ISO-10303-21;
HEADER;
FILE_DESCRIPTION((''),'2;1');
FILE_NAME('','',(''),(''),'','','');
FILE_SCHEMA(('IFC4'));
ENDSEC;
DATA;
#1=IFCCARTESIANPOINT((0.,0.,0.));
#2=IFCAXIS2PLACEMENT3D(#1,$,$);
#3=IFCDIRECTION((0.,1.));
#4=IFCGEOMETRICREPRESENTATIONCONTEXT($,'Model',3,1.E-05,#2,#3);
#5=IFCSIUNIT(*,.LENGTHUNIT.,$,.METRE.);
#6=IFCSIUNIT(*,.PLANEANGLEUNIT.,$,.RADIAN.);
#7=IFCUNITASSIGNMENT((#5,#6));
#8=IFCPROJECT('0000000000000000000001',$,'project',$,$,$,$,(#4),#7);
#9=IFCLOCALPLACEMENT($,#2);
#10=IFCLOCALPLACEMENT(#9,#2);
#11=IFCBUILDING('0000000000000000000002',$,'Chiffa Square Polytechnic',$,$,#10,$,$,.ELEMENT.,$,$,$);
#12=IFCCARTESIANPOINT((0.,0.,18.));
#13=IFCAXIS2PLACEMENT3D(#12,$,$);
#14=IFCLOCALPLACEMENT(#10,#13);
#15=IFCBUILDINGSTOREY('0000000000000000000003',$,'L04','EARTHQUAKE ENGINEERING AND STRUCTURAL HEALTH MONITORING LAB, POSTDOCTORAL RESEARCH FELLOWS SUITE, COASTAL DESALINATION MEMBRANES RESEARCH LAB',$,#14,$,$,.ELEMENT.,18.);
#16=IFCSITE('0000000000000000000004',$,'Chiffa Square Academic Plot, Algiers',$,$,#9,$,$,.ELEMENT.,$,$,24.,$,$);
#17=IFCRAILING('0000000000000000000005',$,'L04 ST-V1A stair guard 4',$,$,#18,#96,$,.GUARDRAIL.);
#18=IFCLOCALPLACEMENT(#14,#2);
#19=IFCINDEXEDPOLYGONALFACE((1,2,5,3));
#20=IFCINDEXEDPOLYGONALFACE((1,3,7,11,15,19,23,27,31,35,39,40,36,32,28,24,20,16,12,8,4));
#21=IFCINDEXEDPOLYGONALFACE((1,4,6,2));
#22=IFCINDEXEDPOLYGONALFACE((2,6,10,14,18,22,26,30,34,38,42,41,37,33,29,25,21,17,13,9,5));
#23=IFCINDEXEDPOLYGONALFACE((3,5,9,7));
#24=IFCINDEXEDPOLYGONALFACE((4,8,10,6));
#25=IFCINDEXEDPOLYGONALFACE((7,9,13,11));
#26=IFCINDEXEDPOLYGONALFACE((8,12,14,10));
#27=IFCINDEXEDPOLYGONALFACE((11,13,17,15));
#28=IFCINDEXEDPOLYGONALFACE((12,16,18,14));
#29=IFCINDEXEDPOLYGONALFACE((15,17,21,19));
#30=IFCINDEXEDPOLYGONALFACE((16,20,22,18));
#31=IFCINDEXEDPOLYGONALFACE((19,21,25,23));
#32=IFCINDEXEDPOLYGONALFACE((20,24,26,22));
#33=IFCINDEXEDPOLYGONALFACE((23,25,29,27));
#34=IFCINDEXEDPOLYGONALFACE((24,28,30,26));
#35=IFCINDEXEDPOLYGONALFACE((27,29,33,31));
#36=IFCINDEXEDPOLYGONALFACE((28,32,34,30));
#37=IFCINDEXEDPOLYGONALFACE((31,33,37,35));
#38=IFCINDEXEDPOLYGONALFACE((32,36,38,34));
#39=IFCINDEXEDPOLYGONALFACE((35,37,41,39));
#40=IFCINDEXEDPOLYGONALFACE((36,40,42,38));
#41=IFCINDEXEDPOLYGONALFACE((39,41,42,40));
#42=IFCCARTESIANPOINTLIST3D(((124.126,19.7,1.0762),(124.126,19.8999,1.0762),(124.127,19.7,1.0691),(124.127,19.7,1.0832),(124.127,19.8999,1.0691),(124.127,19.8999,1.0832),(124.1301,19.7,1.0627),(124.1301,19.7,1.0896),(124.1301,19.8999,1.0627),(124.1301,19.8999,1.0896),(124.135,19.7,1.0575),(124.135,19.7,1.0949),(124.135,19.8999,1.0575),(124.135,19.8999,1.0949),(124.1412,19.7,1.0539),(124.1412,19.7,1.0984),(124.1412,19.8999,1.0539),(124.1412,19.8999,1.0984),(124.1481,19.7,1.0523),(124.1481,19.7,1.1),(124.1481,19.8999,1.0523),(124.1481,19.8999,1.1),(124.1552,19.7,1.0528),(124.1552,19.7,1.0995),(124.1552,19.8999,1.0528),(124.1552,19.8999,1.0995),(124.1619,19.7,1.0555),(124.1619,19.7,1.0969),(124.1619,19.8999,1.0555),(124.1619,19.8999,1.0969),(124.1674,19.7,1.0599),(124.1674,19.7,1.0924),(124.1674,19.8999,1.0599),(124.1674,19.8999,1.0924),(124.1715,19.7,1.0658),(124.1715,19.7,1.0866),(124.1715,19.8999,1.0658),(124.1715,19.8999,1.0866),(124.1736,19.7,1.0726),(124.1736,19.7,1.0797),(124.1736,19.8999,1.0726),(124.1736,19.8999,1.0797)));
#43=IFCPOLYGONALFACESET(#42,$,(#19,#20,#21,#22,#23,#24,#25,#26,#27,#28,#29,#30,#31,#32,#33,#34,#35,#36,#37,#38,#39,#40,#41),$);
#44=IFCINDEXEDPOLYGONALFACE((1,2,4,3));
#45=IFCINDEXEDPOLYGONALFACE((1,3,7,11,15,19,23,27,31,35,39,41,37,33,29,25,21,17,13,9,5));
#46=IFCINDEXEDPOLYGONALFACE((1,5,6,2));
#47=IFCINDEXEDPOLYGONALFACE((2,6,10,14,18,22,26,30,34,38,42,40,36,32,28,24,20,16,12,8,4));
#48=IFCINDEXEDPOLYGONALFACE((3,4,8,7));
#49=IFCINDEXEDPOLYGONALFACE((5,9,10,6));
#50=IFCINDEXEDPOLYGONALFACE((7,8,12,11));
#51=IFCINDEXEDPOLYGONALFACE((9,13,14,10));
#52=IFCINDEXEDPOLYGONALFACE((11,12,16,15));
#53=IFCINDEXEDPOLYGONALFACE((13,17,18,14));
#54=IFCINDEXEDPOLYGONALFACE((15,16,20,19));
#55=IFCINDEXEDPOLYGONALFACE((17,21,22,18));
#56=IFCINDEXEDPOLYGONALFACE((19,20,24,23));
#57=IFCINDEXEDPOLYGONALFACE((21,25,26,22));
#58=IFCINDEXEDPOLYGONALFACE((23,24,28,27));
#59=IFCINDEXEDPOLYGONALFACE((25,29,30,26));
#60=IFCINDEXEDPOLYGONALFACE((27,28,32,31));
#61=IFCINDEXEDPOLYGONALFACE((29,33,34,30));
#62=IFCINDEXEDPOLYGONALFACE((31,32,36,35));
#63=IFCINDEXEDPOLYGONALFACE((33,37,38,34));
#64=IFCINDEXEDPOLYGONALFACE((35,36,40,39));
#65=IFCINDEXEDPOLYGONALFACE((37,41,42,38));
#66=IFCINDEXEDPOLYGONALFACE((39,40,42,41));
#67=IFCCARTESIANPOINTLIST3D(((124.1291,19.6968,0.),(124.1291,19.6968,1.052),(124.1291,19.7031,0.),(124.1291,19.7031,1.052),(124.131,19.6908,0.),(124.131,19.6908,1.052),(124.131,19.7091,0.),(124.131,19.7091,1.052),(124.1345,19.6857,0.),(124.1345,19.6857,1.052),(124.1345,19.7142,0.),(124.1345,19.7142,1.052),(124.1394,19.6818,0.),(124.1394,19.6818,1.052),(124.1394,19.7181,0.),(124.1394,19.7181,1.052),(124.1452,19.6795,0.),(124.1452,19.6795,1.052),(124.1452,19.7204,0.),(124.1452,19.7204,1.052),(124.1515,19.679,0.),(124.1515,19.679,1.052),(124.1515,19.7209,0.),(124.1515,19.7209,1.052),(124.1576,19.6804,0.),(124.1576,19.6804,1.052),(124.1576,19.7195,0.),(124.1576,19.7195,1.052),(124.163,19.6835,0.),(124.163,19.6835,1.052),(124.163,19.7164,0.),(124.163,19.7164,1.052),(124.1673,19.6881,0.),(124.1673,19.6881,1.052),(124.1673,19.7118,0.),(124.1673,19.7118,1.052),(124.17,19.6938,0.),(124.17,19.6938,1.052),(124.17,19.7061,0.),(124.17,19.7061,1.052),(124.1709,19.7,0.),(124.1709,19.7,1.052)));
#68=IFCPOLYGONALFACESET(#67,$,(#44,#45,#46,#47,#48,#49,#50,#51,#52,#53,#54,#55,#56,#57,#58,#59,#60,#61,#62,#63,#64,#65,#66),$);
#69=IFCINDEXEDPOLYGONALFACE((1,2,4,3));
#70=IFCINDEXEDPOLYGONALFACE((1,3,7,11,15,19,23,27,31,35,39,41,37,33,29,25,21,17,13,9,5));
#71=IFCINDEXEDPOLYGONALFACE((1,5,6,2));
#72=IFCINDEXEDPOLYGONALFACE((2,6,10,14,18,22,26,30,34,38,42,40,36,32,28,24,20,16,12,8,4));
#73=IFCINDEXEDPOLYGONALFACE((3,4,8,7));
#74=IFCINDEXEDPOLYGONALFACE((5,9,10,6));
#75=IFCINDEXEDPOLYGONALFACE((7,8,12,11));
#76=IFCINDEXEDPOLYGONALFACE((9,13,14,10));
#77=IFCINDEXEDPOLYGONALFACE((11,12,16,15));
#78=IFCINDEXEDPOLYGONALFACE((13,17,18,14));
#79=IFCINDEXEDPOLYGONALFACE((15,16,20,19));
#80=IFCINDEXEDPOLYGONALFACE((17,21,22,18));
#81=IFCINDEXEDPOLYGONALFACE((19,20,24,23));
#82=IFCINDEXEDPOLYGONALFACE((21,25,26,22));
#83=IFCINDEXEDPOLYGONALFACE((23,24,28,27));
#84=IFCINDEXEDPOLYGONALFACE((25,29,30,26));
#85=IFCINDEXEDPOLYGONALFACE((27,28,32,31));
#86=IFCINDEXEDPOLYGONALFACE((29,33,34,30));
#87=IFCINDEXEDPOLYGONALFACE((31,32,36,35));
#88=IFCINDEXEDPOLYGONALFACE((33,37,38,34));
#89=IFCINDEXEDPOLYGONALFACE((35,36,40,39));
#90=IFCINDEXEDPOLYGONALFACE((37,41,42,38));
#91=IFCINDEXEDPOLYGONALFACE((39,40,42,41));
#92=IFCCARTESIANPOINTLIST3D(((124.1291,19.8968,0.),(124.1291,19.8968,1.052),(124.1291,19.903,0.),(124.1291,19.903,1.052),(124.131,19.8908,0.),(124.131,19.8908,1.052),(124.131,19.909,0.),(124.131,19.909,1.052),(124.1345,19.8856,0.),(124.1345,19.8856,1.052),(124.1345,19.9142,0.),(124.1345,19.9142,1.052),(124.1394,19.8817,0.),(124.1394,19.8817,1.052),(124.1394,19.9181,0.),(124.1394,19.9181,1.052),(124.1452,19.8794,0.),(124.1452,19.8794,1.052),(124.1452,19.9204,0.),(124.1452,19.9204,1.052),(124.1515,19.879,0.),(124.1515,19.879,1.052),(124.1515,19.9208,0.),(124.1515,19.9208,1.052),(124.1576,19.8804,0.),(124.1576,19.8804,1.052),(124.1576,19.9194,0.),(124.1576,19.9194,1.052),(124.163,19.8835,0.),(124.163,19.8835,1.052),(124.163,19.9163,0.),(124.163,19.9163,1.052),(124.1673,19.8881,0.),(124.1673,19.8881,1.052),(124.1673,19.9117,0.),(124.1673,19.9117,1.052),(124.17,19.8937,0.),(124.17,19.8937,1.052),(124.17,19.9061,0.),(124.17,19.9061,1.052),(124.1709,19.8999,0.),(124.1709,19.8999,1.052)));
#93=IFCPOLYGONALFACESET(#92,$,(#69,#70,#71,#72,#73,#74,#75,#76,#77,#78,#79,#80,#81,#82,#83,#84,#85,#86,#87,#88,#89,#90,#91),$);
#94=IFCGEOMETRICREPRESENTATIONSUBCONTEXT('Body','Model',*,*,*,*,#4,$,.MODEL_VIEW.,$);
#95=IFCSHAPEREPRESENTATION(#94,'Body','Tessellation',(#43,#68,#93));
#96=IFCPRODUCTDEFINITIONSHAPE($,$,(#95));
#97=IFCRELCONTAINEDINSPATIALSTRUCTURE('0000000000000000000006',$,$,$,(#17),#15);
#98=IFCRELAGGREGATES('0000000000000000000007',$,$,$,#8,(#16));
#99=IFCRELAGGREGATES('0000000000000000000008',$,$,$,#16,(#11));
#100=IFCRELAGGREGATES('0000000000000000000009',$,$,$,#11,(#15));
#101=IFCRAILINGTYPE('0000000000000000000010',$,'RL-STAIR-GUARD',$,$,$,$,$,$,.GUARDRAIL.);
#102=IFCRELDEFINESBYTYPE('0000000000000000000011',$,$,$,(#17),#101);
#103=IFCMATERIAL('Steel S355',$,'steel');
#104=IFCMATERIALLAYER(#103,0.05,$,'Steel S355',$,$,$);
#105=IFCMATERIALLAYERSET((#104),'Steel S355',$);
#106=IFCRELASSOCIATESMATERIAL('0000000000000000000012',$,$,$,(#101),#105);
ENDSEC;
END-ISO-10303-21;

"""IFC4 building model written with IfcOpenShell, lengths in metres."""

from ifc_helpers import new_model, si_unit, direction, frame, origin, origin_2d, place, context, subcontext, project, spatial, circle, extrude, material, layer, layer_set, type_object, element, save


model = new_model("IFC4")

# Units and contexts
model_context = context("Model", 3, precision=1e-05, world=origin(), true_north=direction((0.0, 1.0)))
body_context = subcontext(model_context, "Body", "Model", "MODEL_VIEW")
ifc_project = project(units=[si_unit("LENGTHUNIT", "METRE"), si_unit("PLANEANGLEUNIT", "RADIAN")], contexts=[model_context])

# Site, building, storey
site_placement = place(None, origin())
site = spatial("IfcSite", under=ifc_project, at=site_placement, Name="Chiffa Square Academic Plot, Algiers", CompositionType="ELEMENT", RefElevation=24.0)
building_placement = place(site_placement, origin())
building = spatial("IfcBuilding", under=site, at=building_placement, Name="Chiffa Square Polytechnic", CompositionType="ELEMENT")
storey_placement = place(building_placement, frame((0.0, 0.0, 18.0)))
storey = spatial("IfcBuildingStorey", under=building, at=storey_placement, Name="L04", Description="EARTHQUAKE ENGINEERING AND STRUCTURAL HEALTH MONITORING LAB, POSTDOCTORAL RESEARCH FELLOWS SUITE, COASTAL DESALINATION MEMBRANES RESEARCH LAB", CompositionType="ELEMENT", Elevation=18.0)

# Railing
ifc_material_1 = material(Name="Steel S355", Category="steel")
ifc_layer_1 = layer(ifc_material_1, 0.05, Name="Steel S355")
ifc_layer_set_1 = layer_set([ifc_layer_1], Name="Steel S355")
railing_type = type_object("IfcRailingType", Name="RL-STAIR-GUARD", PredefinedType="GUARDRAIL", material=ifc_layer_set_1)
railing_placement = place(storey_placement, frame((124.1499, 19.7, 0.0)))
element("IfcRailing", 1, at=railing_placement, inside=storey, type_object=railing_type, Name="L04 ST-V1A stair guard 4", PredefinedType="GUARDRAIL", context=body_context, shape_type="SweptSolid", body=[
    extrude(circle(Radius=0.0239, at=origin_2d()), frame((0.0, 0.0, 1.0762), z_axis=(0.0, 1.0, 0.0), x_axis=(-1.0, 0.0, 0.0)), (0.0, 0.0, 1.0), 0.2),
    extrude(circle(Radius=0.021, at=origin_2d()), origin(), (0.0, 0.0, 1.0), 1.052),
    extrude(circle(Radius=0.021, at=origin_2d()), frame((0.0, 0.2, 0.0)), (0.0, 0.0, 1.0), 1.052),
])

save(model, "model.ifc")
